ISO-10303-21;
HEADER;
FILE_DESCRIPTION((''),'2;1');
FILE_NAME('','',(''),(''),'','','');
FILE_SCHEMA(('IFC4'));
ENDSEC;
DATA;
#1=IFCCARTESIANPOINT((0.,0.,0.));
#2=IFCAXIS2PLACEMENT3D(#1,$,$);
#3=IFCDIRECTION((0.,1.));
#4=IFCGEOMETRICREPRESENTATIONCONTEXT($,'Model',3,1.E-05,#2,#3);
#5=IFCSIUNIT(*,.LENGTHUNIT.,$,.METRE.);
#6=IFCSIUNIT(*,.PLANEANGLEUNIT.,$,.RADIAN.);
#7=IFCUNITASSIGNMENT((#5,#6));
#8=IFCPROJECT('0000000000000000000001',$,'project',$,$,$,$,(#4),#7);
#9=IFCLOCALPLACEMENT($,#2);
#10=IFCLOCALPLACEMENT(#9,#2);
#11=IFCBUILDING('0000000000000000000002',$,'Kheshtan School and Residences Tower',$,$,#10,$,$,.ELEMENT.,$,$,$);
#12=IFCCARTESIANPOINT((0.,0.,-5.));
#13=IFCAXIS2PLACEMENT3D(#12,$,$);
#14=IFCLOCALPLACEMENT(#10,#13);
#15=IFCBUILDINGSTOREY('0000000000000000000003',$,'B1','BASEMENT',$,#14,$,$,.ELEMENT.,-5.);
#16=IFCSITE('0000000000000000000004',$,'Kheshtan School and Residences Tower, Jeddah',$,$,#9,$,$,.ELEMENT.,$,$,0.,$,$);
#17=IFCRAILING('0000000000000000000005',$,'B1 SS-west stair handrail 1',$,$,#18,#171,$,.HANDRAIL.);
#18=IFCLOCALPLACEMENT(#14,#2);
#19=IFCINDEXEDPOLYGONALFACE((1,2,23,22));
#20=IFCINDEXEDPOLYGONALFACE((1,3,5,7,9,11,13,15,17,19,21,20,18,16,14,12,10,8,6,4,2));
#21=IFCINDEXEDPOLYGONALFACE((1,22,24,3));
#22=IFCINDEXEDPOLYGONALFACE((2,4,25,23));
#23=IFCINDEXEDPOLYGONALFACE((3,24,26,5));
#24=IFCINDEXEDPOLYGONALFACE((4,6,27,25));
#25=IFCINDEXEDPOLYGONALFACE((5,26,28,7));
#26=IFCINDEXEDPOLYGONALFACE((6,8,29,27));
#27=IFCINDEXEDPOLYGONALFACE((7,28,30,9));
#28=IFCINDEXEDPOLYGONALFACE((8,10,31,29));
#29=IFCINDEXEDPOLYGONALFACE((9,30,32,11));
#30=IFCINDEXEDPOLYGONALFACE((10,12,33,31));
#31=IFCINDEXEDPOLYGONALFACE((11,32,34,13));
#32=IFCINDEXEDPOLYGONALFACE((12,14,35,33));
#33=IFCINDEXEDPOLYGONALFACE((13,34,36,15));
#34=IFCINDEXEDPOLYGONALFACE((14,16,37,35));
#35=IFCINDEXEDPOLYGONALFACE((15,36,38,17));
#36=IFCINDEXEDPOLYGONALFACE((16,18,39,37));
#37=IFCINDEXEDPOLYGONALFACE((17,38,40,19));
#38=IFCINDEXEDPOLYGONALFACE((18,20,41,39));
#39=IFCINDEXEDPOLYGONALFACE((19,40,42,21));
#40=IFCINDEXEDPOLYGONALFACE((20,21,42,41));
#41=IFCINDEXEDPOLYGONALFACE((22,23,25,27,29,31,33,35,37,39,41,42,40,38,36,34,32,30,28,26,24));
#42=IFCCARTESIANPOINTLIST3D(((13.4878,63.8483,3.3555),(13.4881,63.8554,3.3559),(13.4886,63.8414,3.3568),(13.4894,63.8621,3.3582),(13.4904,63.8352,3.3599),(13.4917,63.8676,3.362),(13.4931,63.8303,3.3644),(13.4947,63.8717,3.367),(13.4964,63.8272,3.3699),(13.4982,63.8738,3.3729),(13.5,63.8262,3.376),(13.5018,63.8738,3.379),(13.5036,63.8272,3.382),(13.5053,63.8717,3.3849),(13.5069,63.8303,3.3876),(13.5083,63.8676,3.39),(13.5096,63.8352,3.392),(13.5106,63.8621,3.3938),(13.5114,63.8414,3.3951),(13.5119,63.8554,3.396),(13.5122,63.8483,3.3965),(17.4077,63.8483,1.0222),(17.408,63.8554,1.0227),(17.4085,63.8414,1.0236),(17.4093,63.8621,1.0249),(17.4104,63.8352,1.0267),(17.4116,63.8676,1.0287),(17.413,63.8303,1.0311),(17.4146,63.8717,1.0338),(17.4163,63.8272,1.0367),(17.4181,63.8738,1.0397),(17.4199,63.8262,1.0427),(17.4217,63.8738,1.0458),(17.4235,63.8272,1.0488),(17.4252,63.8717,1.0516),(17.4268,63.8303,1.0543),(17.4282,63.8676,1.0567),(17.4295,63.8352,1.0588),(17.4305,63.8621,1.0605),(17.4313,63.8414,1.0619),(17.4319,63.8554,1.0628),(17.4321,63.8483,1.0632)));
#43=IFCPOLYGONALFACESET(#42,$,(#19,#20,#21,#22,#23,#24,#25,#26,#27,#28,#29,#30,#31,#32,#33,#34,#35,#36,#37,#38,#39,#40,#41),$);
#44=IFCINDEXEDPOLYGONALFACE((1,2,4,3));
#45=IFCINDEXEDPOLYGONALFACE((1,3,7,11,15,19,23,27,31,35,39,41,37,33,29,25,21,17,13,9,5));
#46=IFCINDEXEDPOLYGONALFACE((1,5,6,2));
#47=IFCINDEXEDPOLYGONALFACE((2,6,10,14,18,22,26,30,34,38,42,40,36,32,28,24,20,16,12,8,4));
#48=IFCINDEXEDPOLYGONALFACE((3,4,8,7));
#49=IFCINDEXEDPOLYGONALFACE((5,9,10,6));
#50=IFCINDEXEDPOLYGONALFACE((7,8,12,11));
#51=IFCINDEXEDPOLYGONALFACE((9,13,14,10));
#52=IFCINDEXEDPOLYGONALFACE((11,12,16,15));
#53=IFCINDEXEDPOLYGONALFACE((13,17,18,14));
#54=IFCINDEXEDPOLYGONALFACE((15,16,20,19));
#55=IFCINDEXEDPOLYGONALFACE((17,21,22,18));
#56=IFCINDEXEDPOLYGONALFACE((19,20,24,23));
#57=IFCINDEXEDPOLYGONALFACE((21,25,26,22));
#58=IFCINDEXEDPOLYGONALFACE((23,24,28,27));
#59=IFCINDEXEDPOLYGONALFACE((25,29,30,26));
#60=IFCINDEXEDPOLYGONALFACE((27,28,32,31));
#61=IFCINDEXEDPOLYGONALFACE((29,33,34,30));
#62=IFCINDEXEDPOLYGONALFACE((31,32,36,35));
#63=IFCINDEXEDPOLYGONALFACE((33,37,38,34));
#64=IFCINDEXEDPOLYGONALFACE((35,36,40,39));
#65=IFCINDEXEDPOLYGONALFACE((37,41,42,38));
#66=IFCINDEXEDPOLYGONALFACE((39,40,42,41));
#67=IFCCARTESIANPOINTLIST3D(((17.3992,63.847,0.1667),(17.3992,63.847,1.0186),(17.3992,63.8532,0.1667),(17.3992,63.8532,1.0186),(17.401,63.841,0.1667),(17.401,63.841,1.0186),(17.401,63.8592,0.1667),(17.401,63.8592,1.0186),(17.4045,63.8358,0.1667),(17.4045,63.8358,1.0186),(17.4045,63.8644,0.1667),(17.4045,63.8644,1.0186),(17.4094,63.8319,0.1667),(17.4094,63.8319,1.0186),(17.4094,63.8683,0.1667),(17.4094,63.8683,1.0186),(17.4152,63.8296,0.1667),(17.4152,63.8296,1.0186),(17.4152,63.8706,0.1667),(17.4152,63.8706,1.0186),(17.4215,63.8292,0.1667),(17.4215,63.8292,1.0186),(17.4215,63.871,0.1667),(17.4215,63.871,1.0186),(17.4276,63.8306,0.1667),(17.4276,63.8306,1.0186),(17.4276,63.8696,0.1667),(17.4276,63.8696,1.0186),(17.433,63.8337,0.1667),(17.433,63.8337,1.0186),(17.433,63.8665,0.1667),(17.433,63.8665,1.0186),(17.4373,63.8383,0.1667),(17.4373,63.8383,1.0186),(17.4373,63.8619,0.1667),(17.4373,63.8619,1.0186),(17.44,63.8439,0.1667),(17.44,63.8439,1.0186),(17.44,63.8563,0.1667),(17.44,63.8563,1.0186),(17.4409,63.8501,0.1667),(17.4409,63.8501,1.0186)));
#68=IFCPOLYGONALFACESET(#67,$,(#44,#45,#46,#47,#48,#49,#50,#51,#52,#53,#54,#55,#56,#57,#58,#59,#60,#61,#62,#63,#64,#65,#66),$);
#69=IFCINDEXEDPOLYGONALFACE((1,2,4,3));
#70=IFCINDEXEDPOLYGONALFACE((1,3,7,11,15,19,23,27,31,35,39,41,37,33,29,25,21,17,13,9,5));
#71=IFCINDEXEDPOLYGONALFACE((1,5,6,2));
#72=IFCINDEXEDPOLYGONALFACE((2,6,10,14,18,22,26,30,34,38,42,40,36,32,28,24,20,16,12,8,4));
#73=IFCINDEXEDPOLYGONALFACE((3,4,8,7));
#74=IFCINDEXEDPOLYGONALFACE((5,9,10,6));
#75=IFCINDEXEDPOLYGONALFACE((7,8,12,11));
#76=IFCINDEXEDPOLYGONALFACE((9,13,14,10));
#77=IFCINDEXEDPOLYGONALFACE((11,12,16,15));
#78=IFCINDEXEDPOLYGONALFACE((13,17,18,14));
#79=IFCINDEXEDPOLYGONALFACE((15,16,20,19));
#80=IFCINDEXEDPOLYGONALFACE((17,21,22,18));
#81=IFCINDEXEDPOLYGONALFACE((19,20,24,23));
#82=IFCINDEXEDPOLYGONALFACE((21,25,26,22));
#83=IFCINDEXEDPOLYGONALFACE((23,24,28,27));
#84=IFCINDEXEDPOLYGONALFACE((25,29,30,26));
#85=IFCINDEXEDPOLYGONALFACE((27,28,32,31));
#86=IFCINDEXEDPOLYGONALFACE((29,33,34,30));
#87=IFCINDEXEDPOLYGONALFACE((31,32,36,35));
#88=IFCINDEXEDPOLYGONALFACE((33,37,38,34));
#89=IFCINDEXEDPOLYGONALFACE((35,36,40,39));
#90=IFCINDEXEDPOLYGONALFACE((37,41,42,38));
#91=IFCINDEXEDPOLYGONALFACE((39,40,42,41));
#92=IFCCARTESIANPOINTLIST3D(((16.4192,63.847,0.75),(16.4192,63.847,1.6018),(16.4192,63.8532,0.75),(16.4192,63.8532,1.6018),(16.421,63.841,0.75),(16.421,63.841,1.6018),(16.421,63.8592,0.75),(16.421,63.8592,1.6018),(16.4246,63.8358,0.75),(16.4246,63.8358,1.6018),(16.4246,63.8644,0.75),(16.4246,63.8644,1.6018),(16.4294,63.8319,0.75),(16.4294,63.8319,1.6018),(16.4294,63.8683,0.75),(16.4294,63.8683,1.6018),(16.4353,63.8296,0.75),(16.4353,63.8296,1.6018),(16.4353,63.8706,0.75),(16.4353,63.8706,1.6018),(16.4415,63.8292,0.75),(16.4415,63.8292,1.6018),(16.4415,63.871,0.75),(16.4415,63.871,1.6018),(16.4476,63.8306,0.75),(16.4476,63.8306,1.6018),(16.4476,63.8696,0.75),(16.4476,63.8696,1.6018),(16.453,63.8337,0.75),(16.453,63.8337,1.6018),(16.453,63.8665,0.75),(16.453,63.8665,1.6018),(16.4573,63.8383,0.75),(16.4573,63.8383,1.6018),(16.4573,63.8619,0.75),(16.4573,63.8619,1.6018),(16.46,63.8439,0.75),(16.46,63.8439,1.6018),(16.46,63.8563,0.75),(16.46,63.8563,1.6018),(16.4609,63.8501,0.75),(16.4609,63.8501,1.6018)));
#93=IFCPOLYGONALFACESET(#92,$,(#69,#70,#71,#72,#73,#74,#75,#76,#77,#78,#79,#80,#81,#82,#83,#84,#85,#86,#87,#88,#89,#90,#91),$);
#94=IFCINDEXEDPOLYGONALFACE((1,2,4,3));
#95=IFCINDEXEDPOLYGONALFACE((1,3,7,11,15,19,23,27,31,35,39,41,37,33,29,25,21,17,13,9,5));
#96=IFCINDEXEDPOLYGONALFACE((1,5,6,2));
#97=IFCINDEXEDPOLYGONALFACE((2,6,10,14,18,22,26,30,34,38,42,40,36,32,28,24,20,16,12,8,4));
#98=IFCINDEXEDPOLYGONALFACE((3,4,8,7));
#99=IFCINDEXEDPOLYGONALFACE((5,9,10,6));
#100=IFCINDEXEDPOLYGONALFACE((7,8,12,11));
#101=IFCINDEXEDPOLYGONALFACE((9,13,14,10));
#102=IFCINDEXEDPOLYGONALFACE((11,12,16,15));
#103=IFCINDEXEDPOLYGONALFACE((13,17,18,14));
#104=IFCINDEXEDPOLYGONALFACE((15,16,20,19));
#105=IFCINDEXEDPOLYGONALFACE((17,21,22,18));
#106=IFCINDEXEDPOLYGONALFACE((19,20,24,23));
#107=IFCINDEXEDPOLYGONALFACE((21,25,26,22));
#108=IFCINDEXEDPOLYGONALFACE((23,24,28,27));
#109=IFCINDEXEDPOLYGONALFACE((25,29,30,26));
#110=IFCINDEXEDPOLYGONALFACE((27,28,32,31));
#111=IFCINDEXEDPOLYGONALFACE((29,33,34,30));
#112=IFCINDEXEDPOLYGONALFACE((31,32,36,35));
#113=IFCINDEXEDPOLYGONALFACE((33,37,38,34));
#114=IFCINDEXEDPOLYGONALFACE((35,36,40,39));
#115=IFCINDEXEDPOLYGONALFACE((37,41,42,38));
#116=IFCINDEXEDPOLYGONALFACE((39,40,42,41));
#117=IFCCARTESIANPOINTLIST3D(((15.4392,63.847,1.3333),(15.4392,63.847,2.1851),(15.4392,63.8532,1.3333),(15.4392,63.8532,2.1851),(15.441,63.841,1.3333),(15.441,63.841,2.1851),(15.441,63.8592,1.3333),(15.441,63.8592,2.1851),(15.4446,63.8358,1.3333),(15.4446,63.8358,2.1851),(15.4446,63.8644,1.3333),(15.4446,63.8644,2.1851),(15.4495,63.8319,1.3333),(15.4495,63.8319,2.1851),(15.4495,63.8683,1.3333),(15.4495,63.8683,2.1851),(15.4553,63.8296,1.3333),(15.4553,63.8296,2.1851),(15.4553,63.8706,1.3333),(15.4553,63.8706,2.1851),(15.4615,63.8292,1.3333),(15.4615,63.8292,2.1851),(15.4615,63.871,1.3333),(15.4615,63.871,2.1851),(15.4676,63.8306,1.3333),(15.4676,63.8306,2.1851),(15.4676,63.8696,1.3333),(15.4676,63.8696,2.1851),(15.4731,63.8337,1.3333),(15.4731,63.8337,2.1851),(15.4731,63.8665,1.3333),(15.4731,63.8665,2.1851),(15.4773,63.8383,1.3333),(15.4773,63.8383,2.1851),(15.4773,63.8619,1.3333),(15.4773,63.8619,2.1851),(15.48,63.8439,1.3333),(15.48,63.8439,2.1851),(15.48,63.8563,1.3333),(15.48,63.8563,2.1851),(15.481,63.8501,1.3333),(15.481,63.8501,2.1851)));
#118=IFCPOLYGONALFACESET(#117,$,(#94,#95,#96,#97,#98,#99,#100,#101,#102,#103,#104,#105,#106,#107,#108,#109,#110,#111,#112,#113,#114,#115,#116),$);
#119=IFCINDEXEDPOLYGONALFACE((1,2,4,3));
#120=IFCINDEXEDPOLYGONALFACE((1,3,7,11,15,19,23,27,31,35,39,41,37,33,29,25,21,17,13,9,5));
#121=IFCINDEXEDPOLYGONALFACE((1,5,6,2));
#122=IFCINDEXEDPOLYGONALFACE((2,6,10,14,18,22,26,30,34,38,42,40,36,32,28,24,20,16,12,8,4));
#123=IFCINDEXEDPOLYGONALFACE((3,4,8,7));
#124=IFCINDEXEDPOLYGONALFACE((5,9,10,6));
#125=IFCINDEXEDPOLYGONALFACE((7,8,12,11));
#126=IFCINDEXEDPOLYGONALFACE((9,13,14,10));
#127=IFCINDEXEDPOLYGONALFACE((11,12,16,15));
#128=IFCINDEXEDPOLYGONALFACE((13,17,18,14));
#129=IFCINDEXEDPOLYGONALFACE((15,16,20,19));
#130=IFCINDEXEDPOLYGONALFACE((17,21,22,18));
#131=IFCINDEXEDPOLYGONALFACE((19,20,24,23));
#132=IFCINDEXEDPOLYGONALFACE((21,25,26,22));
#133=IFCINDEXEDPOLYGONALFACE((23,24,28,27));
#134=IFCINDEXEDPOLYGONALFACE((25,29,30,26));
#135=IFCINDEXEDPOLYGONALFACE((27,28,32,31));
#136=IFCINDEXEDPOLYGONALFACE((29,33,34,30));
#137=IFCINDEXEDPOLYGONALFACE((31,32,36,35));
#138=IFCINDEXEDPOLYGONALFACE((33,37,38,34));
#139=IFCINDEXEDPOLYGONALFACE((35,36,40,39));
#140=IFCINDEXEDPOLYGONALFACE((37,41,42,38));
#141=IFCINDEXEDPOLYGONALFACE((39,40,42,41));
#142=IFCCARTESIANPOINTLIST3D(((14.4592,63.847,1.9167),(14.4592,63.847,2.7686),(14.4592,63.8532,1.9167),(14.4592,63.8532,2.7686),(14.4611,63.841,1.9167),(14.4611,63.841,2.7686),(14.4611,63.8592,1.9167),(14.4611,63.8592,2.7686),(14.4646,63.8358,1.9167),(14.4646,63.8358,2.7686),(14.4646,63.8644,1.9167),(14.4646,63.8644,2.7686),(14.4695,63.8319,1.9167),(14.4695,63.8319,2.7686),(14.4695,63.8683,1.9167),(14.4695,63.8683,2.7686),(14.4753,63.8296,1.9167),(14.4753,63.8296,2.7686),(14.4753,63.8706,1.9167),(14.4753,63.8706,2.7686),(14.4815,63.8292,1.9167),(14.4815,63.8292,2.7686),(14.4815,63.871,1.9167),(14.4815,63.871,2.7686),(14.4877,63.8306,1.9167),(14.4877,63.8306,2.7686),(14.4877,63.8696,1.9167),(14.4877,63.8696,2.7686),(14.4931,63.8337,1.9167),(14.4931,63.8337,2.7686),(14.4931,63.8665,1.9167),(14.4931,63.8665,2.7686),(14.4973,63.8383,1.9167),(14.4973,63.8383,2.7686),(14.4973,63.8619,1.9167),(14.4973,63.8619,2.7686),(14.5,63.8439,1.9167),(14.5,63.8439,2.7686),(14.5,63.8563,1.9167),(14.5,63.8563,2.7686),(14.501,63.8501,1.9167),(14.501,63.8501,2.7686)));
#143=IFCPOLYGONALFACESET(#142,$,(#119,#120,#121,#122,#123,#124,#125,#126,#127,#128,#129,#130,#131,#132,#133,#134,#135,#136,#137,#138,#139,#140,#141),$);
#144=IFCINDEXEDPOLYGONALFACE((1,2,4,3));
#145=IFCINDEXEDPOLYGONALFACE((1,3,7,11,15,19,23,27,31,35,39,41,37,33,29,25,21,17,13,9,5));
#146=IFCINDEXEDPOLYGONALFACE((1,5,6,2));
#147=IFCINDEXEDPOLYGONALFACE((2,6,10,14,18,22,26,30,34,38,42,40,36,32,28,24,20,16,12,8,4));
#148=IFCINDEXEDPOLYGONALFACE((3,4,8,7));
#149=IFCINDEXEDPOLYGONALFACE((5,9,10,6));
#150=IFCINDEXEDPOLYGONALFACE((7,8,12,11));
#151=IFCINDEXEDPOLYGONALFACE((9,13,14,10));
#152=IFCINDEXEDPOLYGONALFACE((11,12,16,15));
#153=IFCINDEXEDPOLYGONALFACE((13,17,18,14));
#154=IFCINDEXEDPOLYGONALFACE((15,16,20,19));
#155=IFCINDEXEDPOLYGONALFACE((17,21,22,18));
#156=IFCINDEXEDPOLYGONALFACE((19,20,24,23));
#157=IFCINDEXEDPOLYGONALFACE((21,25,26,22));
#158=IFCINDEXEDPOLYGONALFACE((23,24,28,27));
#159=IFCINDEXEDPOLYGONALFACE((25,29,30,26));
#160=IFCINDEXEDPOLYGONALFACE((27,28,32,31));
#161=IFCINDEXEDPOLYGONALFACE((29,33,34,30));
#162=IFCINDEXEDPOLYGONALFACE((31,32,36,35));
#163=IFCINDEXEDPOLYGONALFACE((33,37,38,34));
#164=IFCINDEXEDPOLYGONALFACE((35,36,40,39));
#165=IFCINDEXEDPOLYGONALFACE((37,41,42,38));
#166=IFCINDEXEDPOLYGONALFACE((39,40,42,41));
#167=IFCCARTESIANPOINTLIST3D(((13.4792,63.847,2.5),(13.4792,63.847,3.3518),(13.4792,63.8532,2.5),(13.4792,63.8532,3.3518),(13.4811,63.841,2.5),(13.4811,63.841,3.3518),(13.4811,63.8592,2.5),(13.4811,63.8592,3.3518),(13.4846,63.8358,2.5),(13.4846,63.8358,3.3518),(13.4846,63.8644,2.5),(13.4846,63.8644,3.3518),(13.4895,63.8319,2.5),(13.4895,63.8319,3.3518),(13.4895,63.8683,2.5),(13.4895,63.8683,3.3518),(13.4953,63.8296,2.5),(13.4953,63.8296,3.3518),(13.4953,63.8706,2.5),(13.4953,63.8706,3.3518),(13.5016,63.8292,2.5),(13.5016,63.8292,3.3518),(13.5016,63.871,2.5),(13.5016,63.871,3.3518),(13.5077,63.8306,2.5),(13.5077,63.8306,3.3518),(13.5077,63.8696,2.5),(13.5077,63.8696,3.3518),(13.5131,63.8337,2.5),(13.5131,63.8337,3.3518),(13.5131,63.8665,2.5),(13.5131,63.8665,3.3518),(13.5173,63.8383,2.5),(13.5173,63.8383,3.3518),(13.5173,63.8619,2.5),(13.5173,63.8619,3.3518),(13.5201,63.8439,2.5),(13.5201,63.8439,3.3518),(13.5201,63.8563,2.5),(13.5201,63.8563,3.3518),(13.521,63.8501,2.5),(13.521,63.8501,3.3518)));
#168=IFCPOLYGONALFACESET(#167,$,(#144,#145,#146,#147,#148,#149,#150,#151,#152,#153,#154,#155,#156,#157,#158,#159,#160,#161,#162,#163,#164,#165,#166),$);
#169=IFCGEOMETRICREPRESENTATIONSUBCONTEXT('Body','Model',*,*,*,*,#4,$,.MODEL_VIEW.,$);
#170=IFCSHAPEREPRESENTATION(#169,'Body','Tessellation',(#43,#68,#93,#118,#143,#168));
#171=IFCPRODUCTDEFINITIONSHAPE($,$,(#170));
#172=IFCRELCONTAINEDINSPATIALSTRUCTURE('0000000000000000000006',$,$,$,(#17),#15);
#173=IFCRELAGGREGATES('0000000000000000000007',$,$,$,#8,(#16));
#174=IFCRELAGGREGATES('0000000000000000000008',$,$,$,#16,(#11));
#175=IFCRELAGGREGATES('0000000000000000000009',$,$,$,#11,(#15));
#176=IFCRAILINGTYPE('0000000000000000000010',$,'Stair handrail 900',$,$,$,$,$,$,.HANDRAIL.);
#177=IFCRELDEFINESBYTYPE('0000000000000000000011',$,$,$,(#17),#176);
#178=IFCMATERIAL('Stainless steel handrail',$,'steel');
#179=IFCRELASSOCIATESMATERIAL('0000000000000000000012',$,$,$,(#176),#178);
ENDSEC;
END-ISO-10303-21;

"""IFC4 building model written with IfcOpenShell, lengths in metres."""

from ifc_helpers import new_model, si_unit, direction, frame, origin, origin_2d, place, context, subcontext, project, spatial, circle, extrude, material, type_object, element, save


model = new_model("IFC4")

# Units and contexts
model_context = context("Model", 3, precision=1e-05, world=origin(), true_north=direction((0.0, 1.0)))
body_context = subcontext(model_context, "Body", "Model", "MODEL_VIEW")
ifc_project = project(units=[si_unit("LENGTHUNIT", "METRE"), si_unit("PLANEANGLEUNIT", "RADIAN")], contexts=[model_context])

# Site, building, storey
site_placement = place(None, origin())
site = spatial("IfcSite", under=ifc_project, at=site_placement, Name="Kheshtan School and Residences Tower, Jeddah", CompositionType="ELEMENT", RefElevation=0.0)
building_placement = place(site_placement, origin())
building = spatial("IfcBuilding", under=site, at=building_placement, Name="Kheshtan School and Residences Tower", CompositionType="ELEMENT")
storey_placement = place(building_placement, frame((0.0, 0.0, -5.0)))
storey = spatial("IfcBuildingStorey", under=building, at=storey_placement, Name="B1", Description="BASEMENT", CompositionType="ELEMENT", Elevation=-5.0)

# Railing
ifc_material_1 = material(Name="Stainless steel handrail", Category="steel")
railing_type_1 = type_object("IfcRailingType", Name="Stair handrail 900", PredefinedType="HANDRAIL", material=ifc_material_1)
railing_1_placement = place(storey_placement, frame((17.4199, 63.8501, 0.1667)))
element("IfcRailing", 1, at=railing_1_placement, inside=storey, type_object=railing_type_1, Name="B1 SS-west stair handrail 1", PredefinedType="HANDRAIL", context=body_context, shape_type="SweptSolid", body=[
    extrude(circle(Radius=0.0239, at=origin_2d()), frame((0.0, 0.0, 0.876), z_axis=(-0.859296, 0.0, 0.511478), x_axis=(0.0, -1.0, 0.0)), (0.0, 0.0, 1.0), 4.5618),
    extrude(circle(Radius=0.021, at=origin_2d()), origin(), (0.0, 0.0, 1.0), 0.8518),
    extrude(circle(Radius=0.021, at=origin_2d()), frame((-0.98, 0.0, 0.5833)), (0.0, 0.0, 1.0), 0.8518),
    extrude(circle(Radius=0.021, at=origin_2d()), frame((-1.96, 0.0, 1.1665)), (0.0, 0.0, 1.0), 0.8518),
    extrude(circle(Radius=0.021, at=origin_2d()), frame((-2.9399, 0.0, 1.75)), (0.0, 0.0, 1.0), 0.8518),
    extrude(circle(Radius=0.021, at=origin_2d()), frame((-3.9199, 0.0, 2.3333)), (0.0, 0.0, 1.0), 0.8518),
])

save(model, "model.ifc")
